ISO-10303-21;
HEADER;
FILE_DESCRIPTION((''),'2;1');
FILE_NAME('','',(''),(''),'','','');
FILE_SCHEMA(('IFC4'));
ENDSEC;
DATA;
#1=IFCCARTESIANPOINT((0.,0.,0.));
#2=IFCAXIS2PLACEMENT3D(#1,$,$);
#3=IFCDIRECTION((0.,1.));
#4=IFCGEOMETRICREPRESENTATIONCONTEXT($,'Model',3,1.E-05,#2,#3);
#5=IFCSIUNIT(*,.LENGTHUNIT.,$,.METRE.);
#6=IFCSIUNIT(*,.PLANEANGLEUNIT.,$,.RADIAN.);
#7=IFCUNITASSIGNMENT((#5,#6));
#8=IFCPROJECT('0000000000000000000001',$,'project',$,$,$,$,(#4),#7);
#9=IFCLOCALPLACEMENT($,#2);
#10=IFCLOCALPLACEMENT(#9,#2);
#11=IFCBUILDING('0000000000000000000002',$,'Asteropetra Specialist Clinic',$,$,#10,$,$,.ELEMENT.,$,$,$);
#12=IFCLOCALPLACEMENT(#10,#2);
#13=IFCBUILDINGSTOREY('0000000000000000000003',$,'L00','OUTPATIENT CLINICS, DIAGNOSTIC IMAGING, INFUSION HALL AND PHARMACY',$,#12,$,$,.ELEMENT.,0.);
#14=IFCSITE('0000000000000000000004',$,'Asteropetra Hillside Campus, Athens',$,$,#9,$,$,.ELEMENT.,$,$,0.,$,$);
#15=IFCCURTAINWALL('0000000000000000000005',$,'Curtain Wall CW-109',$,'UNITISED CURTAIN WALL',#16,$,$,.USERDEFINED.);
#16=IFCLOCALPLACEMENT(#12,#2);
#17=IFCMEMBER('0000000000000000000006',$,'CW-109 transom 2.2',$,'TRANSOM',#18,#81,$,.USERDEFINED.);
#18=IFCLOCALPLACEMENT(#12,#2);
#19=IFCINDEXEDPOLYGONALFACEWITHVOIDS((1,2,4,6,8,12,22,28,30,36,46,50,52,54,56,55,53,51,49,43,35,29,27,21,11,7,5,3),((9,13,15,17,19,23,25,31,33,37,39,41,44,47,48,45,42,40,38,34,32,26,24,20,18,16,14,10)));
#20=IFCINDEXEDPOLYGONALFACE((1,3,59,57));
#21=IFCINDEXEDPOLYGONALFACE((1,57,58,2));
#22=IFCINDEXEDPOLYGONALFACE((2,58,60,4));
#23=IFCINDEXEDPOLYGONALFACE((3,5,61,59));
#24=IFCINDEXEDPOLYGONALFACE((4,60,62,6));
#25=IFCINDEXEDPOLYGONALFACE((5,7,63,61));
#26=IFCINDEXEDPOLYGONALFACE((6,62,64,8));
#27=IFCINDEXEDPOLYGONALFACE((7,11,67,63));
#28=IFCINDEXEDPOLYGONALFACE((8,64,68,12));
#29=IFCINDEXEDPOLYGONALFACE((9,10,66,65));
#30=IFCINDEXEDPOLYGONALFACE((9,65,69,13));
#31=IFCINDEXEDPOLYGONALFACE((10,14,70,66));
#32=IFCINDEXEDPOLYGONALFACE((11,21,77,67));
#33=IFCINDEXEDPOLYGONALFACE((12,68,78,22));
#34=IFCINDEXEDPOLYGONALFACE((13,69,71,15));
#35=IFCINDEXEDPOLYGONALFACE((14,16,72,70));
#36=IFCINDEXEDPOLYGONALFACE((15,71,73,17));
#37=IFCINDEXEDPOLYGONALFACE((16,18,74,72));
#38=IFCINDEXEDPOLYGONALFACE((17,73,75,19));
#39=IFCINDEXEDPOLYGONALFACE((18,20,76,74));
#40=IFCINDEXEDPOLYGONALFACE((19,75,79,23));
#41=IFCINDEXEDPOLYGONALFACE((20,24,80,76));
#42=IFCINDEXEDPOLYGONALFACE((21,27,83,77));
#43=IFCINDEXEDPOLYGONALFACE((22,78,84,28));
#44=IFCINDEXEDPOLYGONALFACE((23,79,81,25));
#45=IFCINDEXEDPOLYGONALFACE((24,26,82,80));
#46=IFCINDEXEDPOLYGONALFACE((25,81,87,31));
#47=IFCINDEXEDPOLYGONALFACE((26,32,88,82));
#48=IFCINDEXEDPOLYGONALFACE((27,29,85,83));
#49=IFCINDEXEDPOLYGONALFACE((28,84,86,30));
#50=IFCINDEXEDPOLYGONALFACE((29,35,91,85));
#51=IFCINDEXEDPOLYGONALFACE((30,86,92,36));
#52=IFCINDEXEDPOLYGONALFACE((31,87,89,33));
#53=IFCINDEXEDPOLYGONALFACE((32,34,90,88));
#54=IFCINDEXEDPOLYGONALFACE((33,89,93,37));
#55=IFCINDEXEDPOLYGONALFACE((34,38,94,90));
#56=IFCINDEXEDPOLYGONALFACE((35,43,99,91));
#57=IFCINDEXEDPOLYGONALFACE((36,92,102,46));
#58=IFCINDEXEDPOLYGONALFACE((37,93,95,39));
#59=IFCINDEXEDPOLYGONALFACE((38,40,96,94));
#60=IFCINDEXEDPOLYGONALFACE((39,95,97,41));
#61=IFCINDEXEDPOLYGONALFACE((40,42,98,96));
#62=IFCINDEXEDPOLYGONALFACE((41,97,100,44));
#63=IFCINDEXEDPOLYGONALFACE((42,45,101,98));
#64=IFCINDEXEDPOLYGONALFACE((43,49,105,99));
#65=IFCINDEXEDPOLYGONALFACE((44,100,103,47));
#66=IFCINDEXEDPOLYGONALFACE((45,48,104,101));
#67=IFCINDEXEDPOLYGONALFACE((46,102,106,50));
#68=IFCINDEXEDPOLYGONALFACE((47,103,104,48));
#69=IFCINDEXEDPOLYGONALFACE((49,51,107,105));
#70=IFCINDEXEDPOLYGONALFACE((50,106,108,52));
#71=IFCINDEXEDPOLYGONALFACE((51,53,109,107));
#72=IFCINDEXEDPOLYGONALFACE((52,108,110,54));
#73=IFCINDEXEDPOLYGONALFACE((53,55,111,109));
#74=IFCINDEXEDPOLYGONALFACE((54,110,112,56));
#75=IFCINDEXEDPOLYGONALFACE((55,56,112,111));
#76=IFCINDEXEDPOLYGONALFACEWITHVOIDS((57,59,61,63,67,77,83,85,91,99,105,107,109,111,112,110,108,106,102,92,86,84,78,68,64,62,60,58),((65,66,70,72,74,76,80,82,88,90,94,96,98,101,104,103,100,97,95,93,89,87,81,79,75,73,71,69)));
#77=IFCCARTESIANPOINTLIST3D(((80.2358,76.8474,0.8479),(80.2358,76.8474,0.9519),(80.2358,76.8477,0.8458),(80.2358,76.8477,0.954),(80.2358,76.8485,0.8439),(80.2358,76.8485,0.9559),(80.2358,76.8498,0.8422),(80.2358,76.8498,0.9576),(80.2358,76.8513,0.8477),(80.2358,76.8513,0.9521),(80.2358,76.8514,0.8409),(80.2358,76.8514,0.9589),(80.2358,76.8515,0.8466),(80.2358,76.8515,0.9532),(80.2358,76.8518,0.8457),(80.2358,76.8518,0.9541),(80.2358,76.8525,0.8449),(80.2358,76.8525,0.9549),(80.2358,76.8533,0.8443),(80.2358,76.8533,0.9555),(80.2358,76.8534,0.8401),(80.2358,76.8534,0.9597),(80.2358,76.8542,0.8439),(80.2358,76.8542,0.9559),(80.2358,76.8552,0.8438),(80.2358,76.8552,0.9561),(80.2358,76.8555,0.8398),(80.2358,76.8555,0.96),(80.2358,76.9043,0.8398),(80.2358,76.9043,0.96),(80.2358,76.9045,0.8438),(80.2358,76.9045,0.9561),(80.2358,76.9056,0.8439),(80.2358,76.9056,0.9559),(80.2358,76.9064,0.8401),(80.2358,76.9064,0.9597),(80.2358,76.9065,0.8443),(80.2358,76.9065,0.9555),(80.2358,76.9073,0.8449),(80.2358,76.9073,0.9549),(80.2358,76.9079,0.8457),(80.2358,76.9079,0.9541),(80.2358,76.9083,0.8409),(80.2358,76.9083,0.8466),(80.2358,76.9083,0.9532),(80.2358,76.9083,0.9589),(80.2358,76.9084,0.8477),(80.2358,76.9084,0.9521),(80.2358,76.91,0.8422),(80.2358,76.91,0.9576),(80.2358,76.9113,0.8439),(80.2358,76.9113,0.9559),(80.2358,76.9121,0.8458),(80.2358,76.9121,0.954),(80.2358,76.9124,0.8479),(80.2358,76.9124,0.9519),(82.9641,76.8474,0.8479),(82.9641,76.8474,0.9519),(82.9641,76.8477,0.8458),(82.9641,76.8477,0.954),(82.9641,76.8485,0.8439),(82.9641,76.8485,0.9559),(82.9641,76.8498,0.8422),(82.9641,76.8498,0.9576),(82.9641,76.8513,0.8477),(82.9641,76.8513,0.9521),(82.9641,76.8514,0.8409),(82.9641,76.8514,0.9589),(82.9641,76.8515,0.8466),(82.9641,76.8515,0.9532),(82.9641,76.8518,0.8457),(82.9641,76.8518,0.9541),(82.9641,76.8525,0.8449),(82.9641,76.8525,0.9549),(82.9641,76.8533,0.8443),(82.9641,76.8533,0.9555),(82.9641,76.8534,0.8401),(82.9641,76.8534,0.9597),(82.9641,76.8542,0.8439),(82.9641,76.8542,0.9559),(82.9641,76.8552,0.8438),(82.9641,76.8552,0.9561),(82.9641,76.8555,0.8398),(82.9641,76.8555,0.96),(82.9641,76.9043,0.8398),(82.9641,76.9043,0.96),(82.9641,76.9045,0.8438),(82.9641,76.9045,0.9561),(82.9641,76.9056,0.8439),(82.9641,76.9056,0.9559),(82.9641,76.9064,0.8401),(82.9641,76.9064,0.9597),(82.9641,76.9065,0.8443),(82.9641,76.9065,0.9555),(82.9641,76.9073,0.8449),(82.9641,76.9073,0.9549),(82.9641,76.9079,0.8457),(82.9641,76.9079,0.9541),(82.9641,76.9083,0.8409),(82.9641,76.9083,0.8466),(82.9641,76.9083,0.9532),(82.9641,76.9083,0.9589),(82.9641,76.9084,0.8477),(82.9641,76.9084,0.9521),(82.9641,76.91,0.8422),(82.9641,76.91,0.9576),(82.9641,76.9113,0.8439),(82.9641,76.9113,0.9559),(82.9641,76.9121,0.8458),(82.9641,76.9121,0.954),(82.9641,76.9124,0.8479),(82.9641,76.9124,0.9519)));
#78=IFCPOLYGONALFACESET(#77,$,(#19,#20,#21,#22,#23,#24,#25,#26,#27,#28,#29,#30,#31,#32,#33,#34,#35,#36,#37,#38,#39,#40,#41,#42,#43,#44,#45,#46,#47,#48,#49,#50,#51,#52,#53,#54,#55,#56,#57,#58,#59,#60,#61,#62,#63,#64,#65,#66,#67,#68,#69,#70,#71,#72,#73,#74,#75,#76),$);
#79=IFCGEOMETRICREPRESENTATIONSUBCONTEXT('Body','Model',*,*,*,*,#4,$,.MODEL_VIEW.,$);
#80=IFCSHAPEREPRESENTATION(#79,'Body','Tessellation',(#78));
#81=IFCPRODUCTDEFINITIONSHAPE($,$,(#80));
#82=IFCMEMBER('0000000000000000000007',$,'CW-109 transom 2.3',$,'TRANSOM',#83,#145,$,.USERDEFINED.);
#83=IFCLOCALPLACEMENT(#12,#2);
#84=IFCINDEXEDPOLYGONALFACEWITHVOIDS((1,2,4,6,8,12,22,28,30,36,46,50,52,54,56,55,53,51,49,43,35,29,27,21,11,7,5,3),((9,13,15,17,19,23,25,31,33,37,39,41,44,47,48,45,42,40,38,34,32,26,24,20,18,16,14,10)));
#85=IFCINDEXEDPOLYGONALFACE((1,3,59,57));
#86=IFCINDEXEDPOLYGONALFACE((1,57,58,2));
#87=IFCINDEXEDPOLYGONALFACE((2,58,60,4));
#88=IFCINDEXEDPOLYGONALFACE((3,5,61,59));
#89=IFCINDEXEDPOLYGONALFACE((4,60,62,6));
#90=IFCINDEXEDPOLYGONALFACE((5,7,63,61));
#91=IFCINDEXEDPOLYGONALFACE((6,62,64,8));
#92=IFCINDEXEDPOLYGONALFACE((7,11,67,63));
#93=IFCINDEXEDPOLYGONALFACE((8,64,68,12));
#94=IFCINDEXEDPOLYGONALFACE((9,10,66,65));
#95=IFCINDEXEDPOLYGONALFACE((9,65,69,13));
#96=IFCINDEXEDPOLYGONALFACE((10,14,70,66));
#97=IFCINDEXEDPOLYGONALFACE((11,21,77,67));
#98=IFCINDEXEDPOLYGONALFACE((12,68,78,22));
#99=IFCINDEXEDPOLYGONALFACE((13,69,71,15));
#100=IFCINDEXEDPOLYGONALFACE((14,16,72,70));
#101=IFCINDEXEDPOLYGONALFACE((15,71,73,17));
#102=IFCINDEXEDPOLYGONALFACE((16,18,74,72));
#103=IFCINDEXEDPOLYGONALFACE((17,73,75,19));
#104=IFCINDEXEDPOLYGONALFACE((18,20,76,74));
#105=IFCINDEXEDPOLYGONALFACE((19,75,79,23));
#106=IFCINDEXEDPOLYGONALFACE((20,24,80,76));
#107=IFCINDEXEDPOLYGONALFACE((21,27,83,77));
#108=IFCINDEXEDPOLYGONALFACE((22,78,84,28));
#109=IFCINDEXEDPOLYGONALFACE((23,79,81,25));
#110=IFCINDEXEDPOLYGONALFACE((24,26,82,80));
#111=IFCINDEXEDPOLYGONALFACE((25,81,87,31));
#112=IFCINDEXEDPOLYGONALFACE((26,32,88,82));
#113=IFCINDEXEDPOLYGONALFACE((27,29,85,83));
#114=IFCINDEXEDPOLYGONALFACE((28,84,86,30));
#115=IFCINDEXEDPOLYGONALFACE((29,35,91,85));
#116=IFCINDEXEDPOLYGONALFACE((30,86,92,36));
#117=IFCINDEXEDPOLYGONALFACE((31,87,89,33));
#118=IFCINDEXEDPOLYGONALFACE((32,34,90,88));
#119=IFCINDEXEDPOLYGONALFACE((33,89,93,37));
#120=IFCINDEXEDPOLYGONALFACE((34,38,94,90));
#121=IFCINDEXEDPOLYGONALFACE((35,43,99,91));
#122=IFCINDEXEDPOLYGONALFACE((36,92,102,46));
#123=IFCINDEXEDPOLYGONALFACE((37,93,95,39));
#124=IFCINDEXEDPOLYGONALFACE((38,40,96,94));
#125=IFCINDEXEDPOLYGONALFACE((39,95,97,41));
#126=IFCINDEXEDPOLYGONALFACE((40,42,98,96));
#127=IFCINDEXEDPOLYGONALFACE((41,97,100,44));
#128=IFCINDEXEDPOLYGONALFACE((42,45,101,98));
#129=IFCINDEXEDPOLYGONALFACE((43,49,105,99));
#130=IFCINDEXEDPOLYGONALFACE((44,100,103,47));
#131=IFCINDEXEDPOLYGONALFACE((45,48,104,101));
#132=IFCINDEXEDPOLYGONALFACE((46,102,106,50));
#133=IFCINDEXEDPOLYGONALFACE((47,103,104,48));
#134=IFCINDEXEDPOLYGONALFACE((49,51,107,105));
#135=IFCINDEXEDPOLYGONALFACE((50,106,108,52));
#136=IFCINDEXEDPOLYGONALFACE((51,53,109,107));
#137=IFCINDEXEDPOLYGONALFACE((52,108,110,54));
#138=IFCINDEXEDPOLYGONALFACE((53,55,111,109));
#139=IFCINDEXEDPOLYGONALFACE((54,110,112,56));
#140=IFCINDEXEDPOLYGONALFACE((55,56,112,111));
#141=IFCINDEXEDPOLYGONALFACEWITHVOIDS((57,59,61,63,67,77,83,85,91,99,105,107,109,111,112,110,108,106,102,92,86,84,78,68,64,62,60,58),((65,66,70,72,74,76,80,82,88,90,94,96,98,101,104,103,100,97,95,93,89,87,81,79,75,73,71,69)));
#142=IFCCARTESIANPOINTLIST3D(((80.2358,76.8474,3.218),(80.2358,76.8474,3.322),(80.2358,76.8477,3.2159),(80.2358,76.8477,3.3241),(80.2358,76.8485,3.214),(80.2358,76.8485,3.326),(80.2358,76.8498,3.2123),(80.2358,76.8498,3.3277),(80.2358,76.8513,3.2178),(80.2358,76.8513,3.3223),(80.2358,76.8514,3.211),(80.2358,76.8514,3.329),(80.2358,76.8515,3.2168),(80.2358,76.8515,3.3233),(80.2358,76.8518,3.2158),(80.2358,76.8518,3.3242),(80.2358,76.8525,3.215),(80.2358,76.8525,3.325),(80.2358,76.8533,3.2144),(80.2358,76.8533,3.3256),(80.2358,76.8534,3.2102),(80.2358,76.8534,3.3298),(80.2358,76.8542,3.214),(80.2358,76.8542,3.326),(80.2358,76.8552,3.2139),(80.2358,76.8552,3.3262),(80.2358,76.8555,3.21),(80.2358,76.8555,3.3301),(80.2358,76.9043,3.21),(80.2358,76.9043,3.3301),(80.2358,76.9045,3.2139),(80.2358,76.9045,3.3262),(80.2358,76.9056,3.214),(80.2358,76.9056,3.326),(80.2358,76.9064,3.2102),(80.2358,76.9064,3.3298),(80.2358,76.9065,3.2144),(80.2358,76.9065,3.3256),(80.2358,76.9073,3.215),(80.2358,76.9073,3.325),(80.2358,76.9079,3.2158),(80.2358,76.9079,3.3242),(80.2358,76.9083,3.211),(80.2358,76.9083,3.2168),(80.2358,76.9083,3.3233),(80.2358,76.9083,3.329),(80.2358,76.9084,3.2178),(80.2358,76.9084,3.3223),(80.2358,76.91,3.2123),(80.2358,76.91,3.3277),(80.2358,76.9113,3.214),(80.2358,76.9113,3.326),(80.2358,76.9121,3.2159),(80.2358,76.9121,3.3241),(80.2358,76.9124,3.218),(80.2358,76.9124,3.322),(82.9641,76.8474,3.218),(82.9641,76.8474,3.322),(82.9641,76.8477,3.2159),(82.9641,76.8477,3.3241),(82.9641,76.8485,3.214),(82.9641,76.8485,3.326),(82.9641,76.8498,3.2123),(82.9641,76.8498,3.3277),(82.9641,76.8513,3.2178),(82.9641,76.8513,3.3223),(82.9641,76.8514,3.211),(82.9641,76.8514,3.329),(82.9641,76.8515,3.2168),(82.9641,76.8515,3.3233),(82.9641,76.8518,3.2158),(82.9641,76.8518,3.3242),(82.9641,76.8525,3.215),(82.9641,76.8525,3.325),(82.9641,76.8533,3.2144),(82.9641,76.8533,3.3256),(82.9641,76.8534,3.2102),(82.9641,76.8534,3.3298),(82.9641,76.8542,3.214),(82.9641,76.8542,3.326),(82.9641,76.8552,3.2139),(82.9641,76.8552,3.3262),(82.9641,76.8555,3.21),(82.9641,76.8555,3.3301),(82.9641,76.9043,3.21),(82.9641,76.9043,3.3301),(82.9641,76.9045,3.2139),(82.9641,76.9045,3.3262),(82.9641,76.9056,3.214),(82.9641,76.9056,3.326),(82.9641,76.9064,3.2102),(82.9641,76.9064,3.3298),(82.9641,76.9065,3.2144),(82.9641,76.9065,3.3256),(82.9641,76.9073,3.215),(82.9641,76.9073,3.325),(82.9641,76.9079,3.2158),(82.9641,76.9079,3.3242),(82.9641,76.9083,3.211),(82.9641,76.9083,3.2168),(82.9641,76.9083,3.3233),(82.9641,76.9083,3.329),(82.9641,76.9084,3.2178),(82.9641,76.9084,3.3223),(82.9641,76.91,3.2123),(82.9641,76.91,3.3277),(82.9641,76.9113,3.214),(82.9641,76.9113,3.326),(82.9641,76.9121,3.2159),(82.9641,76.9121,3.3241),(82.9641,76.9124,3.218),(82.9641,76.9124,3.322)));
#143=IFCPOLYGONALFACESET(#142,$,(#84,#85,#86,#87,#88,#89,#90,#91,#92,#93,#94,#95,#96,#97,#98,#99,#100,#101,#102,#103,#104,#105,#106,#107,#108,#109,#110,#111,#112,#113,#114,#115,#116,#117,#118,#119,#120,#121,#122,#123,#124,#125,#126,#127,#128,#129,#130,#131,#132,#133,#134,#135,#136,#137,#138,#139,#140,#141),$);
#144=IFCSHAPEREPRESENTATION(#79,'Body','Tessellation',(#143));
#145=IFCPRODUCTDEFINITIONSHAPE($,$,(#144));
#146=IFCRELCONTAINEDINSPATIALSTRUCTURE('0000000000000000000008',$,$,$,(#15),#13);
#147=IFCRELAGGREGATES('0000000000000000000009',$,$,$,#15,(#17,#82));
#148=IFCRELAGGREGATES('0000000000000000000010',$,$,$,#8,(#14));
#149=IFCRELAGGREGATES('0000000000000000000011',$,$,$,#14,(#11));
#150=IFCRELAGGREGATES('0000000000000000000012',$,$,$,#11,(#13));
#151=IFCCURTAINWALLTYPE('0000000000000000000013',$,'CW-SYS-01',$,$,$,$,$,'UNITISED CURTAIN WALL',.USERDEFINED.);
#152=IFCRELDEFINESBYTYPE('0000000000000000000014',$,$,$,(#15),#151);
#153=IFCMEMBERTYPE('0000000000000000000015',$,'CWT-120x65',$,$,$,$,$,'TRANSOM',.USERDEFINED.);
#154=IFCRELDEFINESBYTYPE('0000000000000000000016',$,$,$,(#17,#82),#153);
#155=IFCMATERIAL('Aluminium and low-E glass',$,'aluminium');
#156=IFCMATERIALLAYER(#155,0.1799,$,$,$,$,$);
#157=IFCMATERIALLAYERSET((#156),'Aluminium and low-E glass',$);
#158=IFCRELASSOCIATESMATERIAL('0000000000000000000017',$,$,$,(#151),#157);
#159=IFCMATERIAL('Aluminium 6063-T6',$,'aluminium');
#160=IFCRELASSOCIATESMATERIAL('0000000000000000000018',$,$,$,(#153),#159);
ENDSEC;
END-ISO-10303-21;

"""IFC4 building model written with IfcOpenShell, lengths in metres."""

from ifc_helpers import new_model, si_unit, direction, frame, origin, origin_2d, place, context, subcontext, project, spatial, hollow_rectangle, extrude, material, layer, layer_set, material_profile, profile_set, type_object, element, aggregate, save


model = new_model("IFC4")

# Units and contexts
model_context = context("Model", 3, precision=1e-05, world=origin(), true_north=direction((0.0, 1.0)))
body_context = subcontext(model_context, "Body", "Model", "MODEL_VIEW")
ifc_project = project(units=[si_unit("LENGTHUNIT", "METRE"), si_unit("PLANEANGLEUNIT", "RADIAN")], contexts=[model_context])

# Site, building, storey
site_placement = place(None, origin())
site = spatial("IfcSite", under=ifc_project, at=site_placement, Name="Asteropetra Hillside Campus, Athens", CompositionType="ELEMENT", RefElevation=0.0)
building_placement = place(site_placement, origin())
building = spatial("IfcBuilding", under=site, at=building_placement, Name="Asteropetra Specialist Clinic", CompositionType="ELEMENT")
storey_placement = place(building_placement, origin())
storey = spatial("IfcBuildingStorey", under=building, at=storey_placement, Name="L00", Description="OUTPATIENT CLINICS, DIAGNOSTIC IMAGING, INFUSION HALL AND PHARMACY", CompositionType="ELEMENT", Elevation=0.0)

# Curtain wall, members
ifc_material_1 = material(Name="Aluminium and low-E glass", Category="aluminium")
ifc_layer_1 = layer(ifc_material_1, 0.1799)
ifc_layer_set_1 = layer_set([ifc_layer_1], Name="Aluminium and low-E glass")
curtain_wall_type_1 = type_object("IfcCurtainWallType", Name="CW-SYS-01", ElementType="UNITISED CURTAIN WALL", PredefinedType="USERDEFINED", material=ifc_layer_set_1)
curtain_wall_1_placement = place(storey_placement, origin())
curtain_wall_1 = element("IfcCurtainWall", 1, at=curtain_wall_1_placement, inside=storey, type_object=curtain_wall_type_1, Name="Curtain Wall CW-109", ObjectType="UNITISED CURTAIN WALL", PredefinedType="USERDEFINED")
ifc_material_2 = material(Name="Aluminium 6063-T6", Category="aluminium")
ifc_material_profile_1 = material_profile(ifc_material_2, hollow_rectangle(XDim=0.0649, YDim=0.1201, WallThickness=0.0039, InnerFilletRadius=0.0039, OuterFilletRadius=0.0081, at=origin_2d()), Name="TRN 120x65x4.0")
ifc_profile_set_1 = profile_set([ifc_material_profile_1], Name="Aluminium 6063-T6")
member_type_1 = type_object("IfcMemberType", Name="CWT-120x65", ElementType="TRANSOM", PredefinedType="USERDEFINED", material=ifc_profile_set_1)
member_1_placement = place(storey_placement, frame((80.2358, 76.8799, 0.8999), z_axis=(1.0, 0.0, 0.0), x_axis=(0.0, 1.0, 0.0)))
member_1 = element("IfcMember", 2, at=member_1_placement, type_object=member_type_1, Name="CW-109 transom 2.2", ObjectType="TRANSOM", PredefinedType="USERDEFINED", context=body_context, shape_type="SweptSolid", body=[
    extrude(hollow_rectangle(XDim=0.0649, YDim=0.1201, WallThickness=0.0039, InnerFilletRadius=0.0039, OuterFilletRadius=0.0081, at=origin_2d()), origin(), (0.0, 0.0, 1.0), 2.7283),
])
member_2_placement = place(storey_placement, frame((80.2358, 76.8799, 3.27), z_axis=(1.0, 0.0, 0.0), x_axis=(0.0, 1.0, 0.0)))
member_2 = element("IfcMember", 3, at=member_2_placement, type_object=member_type_1, Name="CW-109 transom 2.3", ObjectType="TRANSOM", PredefinedType="USERDEFINED", context=body_context, shape_type="SweptSolid", body=[
    extrude(hollow_rectangle(XDim=0.0649, YDim=0.1201, WallThickness=0.0039, InnerFilletRadius=0.0039, OuterFilletRadius=0.0081, at=origin_2d()), origin(), (0.0, 0.0, 1.0), 2.7283),
])
aggregate(curtain_wall_1, [member_1, member_2])

save(model, "model.ifc")
